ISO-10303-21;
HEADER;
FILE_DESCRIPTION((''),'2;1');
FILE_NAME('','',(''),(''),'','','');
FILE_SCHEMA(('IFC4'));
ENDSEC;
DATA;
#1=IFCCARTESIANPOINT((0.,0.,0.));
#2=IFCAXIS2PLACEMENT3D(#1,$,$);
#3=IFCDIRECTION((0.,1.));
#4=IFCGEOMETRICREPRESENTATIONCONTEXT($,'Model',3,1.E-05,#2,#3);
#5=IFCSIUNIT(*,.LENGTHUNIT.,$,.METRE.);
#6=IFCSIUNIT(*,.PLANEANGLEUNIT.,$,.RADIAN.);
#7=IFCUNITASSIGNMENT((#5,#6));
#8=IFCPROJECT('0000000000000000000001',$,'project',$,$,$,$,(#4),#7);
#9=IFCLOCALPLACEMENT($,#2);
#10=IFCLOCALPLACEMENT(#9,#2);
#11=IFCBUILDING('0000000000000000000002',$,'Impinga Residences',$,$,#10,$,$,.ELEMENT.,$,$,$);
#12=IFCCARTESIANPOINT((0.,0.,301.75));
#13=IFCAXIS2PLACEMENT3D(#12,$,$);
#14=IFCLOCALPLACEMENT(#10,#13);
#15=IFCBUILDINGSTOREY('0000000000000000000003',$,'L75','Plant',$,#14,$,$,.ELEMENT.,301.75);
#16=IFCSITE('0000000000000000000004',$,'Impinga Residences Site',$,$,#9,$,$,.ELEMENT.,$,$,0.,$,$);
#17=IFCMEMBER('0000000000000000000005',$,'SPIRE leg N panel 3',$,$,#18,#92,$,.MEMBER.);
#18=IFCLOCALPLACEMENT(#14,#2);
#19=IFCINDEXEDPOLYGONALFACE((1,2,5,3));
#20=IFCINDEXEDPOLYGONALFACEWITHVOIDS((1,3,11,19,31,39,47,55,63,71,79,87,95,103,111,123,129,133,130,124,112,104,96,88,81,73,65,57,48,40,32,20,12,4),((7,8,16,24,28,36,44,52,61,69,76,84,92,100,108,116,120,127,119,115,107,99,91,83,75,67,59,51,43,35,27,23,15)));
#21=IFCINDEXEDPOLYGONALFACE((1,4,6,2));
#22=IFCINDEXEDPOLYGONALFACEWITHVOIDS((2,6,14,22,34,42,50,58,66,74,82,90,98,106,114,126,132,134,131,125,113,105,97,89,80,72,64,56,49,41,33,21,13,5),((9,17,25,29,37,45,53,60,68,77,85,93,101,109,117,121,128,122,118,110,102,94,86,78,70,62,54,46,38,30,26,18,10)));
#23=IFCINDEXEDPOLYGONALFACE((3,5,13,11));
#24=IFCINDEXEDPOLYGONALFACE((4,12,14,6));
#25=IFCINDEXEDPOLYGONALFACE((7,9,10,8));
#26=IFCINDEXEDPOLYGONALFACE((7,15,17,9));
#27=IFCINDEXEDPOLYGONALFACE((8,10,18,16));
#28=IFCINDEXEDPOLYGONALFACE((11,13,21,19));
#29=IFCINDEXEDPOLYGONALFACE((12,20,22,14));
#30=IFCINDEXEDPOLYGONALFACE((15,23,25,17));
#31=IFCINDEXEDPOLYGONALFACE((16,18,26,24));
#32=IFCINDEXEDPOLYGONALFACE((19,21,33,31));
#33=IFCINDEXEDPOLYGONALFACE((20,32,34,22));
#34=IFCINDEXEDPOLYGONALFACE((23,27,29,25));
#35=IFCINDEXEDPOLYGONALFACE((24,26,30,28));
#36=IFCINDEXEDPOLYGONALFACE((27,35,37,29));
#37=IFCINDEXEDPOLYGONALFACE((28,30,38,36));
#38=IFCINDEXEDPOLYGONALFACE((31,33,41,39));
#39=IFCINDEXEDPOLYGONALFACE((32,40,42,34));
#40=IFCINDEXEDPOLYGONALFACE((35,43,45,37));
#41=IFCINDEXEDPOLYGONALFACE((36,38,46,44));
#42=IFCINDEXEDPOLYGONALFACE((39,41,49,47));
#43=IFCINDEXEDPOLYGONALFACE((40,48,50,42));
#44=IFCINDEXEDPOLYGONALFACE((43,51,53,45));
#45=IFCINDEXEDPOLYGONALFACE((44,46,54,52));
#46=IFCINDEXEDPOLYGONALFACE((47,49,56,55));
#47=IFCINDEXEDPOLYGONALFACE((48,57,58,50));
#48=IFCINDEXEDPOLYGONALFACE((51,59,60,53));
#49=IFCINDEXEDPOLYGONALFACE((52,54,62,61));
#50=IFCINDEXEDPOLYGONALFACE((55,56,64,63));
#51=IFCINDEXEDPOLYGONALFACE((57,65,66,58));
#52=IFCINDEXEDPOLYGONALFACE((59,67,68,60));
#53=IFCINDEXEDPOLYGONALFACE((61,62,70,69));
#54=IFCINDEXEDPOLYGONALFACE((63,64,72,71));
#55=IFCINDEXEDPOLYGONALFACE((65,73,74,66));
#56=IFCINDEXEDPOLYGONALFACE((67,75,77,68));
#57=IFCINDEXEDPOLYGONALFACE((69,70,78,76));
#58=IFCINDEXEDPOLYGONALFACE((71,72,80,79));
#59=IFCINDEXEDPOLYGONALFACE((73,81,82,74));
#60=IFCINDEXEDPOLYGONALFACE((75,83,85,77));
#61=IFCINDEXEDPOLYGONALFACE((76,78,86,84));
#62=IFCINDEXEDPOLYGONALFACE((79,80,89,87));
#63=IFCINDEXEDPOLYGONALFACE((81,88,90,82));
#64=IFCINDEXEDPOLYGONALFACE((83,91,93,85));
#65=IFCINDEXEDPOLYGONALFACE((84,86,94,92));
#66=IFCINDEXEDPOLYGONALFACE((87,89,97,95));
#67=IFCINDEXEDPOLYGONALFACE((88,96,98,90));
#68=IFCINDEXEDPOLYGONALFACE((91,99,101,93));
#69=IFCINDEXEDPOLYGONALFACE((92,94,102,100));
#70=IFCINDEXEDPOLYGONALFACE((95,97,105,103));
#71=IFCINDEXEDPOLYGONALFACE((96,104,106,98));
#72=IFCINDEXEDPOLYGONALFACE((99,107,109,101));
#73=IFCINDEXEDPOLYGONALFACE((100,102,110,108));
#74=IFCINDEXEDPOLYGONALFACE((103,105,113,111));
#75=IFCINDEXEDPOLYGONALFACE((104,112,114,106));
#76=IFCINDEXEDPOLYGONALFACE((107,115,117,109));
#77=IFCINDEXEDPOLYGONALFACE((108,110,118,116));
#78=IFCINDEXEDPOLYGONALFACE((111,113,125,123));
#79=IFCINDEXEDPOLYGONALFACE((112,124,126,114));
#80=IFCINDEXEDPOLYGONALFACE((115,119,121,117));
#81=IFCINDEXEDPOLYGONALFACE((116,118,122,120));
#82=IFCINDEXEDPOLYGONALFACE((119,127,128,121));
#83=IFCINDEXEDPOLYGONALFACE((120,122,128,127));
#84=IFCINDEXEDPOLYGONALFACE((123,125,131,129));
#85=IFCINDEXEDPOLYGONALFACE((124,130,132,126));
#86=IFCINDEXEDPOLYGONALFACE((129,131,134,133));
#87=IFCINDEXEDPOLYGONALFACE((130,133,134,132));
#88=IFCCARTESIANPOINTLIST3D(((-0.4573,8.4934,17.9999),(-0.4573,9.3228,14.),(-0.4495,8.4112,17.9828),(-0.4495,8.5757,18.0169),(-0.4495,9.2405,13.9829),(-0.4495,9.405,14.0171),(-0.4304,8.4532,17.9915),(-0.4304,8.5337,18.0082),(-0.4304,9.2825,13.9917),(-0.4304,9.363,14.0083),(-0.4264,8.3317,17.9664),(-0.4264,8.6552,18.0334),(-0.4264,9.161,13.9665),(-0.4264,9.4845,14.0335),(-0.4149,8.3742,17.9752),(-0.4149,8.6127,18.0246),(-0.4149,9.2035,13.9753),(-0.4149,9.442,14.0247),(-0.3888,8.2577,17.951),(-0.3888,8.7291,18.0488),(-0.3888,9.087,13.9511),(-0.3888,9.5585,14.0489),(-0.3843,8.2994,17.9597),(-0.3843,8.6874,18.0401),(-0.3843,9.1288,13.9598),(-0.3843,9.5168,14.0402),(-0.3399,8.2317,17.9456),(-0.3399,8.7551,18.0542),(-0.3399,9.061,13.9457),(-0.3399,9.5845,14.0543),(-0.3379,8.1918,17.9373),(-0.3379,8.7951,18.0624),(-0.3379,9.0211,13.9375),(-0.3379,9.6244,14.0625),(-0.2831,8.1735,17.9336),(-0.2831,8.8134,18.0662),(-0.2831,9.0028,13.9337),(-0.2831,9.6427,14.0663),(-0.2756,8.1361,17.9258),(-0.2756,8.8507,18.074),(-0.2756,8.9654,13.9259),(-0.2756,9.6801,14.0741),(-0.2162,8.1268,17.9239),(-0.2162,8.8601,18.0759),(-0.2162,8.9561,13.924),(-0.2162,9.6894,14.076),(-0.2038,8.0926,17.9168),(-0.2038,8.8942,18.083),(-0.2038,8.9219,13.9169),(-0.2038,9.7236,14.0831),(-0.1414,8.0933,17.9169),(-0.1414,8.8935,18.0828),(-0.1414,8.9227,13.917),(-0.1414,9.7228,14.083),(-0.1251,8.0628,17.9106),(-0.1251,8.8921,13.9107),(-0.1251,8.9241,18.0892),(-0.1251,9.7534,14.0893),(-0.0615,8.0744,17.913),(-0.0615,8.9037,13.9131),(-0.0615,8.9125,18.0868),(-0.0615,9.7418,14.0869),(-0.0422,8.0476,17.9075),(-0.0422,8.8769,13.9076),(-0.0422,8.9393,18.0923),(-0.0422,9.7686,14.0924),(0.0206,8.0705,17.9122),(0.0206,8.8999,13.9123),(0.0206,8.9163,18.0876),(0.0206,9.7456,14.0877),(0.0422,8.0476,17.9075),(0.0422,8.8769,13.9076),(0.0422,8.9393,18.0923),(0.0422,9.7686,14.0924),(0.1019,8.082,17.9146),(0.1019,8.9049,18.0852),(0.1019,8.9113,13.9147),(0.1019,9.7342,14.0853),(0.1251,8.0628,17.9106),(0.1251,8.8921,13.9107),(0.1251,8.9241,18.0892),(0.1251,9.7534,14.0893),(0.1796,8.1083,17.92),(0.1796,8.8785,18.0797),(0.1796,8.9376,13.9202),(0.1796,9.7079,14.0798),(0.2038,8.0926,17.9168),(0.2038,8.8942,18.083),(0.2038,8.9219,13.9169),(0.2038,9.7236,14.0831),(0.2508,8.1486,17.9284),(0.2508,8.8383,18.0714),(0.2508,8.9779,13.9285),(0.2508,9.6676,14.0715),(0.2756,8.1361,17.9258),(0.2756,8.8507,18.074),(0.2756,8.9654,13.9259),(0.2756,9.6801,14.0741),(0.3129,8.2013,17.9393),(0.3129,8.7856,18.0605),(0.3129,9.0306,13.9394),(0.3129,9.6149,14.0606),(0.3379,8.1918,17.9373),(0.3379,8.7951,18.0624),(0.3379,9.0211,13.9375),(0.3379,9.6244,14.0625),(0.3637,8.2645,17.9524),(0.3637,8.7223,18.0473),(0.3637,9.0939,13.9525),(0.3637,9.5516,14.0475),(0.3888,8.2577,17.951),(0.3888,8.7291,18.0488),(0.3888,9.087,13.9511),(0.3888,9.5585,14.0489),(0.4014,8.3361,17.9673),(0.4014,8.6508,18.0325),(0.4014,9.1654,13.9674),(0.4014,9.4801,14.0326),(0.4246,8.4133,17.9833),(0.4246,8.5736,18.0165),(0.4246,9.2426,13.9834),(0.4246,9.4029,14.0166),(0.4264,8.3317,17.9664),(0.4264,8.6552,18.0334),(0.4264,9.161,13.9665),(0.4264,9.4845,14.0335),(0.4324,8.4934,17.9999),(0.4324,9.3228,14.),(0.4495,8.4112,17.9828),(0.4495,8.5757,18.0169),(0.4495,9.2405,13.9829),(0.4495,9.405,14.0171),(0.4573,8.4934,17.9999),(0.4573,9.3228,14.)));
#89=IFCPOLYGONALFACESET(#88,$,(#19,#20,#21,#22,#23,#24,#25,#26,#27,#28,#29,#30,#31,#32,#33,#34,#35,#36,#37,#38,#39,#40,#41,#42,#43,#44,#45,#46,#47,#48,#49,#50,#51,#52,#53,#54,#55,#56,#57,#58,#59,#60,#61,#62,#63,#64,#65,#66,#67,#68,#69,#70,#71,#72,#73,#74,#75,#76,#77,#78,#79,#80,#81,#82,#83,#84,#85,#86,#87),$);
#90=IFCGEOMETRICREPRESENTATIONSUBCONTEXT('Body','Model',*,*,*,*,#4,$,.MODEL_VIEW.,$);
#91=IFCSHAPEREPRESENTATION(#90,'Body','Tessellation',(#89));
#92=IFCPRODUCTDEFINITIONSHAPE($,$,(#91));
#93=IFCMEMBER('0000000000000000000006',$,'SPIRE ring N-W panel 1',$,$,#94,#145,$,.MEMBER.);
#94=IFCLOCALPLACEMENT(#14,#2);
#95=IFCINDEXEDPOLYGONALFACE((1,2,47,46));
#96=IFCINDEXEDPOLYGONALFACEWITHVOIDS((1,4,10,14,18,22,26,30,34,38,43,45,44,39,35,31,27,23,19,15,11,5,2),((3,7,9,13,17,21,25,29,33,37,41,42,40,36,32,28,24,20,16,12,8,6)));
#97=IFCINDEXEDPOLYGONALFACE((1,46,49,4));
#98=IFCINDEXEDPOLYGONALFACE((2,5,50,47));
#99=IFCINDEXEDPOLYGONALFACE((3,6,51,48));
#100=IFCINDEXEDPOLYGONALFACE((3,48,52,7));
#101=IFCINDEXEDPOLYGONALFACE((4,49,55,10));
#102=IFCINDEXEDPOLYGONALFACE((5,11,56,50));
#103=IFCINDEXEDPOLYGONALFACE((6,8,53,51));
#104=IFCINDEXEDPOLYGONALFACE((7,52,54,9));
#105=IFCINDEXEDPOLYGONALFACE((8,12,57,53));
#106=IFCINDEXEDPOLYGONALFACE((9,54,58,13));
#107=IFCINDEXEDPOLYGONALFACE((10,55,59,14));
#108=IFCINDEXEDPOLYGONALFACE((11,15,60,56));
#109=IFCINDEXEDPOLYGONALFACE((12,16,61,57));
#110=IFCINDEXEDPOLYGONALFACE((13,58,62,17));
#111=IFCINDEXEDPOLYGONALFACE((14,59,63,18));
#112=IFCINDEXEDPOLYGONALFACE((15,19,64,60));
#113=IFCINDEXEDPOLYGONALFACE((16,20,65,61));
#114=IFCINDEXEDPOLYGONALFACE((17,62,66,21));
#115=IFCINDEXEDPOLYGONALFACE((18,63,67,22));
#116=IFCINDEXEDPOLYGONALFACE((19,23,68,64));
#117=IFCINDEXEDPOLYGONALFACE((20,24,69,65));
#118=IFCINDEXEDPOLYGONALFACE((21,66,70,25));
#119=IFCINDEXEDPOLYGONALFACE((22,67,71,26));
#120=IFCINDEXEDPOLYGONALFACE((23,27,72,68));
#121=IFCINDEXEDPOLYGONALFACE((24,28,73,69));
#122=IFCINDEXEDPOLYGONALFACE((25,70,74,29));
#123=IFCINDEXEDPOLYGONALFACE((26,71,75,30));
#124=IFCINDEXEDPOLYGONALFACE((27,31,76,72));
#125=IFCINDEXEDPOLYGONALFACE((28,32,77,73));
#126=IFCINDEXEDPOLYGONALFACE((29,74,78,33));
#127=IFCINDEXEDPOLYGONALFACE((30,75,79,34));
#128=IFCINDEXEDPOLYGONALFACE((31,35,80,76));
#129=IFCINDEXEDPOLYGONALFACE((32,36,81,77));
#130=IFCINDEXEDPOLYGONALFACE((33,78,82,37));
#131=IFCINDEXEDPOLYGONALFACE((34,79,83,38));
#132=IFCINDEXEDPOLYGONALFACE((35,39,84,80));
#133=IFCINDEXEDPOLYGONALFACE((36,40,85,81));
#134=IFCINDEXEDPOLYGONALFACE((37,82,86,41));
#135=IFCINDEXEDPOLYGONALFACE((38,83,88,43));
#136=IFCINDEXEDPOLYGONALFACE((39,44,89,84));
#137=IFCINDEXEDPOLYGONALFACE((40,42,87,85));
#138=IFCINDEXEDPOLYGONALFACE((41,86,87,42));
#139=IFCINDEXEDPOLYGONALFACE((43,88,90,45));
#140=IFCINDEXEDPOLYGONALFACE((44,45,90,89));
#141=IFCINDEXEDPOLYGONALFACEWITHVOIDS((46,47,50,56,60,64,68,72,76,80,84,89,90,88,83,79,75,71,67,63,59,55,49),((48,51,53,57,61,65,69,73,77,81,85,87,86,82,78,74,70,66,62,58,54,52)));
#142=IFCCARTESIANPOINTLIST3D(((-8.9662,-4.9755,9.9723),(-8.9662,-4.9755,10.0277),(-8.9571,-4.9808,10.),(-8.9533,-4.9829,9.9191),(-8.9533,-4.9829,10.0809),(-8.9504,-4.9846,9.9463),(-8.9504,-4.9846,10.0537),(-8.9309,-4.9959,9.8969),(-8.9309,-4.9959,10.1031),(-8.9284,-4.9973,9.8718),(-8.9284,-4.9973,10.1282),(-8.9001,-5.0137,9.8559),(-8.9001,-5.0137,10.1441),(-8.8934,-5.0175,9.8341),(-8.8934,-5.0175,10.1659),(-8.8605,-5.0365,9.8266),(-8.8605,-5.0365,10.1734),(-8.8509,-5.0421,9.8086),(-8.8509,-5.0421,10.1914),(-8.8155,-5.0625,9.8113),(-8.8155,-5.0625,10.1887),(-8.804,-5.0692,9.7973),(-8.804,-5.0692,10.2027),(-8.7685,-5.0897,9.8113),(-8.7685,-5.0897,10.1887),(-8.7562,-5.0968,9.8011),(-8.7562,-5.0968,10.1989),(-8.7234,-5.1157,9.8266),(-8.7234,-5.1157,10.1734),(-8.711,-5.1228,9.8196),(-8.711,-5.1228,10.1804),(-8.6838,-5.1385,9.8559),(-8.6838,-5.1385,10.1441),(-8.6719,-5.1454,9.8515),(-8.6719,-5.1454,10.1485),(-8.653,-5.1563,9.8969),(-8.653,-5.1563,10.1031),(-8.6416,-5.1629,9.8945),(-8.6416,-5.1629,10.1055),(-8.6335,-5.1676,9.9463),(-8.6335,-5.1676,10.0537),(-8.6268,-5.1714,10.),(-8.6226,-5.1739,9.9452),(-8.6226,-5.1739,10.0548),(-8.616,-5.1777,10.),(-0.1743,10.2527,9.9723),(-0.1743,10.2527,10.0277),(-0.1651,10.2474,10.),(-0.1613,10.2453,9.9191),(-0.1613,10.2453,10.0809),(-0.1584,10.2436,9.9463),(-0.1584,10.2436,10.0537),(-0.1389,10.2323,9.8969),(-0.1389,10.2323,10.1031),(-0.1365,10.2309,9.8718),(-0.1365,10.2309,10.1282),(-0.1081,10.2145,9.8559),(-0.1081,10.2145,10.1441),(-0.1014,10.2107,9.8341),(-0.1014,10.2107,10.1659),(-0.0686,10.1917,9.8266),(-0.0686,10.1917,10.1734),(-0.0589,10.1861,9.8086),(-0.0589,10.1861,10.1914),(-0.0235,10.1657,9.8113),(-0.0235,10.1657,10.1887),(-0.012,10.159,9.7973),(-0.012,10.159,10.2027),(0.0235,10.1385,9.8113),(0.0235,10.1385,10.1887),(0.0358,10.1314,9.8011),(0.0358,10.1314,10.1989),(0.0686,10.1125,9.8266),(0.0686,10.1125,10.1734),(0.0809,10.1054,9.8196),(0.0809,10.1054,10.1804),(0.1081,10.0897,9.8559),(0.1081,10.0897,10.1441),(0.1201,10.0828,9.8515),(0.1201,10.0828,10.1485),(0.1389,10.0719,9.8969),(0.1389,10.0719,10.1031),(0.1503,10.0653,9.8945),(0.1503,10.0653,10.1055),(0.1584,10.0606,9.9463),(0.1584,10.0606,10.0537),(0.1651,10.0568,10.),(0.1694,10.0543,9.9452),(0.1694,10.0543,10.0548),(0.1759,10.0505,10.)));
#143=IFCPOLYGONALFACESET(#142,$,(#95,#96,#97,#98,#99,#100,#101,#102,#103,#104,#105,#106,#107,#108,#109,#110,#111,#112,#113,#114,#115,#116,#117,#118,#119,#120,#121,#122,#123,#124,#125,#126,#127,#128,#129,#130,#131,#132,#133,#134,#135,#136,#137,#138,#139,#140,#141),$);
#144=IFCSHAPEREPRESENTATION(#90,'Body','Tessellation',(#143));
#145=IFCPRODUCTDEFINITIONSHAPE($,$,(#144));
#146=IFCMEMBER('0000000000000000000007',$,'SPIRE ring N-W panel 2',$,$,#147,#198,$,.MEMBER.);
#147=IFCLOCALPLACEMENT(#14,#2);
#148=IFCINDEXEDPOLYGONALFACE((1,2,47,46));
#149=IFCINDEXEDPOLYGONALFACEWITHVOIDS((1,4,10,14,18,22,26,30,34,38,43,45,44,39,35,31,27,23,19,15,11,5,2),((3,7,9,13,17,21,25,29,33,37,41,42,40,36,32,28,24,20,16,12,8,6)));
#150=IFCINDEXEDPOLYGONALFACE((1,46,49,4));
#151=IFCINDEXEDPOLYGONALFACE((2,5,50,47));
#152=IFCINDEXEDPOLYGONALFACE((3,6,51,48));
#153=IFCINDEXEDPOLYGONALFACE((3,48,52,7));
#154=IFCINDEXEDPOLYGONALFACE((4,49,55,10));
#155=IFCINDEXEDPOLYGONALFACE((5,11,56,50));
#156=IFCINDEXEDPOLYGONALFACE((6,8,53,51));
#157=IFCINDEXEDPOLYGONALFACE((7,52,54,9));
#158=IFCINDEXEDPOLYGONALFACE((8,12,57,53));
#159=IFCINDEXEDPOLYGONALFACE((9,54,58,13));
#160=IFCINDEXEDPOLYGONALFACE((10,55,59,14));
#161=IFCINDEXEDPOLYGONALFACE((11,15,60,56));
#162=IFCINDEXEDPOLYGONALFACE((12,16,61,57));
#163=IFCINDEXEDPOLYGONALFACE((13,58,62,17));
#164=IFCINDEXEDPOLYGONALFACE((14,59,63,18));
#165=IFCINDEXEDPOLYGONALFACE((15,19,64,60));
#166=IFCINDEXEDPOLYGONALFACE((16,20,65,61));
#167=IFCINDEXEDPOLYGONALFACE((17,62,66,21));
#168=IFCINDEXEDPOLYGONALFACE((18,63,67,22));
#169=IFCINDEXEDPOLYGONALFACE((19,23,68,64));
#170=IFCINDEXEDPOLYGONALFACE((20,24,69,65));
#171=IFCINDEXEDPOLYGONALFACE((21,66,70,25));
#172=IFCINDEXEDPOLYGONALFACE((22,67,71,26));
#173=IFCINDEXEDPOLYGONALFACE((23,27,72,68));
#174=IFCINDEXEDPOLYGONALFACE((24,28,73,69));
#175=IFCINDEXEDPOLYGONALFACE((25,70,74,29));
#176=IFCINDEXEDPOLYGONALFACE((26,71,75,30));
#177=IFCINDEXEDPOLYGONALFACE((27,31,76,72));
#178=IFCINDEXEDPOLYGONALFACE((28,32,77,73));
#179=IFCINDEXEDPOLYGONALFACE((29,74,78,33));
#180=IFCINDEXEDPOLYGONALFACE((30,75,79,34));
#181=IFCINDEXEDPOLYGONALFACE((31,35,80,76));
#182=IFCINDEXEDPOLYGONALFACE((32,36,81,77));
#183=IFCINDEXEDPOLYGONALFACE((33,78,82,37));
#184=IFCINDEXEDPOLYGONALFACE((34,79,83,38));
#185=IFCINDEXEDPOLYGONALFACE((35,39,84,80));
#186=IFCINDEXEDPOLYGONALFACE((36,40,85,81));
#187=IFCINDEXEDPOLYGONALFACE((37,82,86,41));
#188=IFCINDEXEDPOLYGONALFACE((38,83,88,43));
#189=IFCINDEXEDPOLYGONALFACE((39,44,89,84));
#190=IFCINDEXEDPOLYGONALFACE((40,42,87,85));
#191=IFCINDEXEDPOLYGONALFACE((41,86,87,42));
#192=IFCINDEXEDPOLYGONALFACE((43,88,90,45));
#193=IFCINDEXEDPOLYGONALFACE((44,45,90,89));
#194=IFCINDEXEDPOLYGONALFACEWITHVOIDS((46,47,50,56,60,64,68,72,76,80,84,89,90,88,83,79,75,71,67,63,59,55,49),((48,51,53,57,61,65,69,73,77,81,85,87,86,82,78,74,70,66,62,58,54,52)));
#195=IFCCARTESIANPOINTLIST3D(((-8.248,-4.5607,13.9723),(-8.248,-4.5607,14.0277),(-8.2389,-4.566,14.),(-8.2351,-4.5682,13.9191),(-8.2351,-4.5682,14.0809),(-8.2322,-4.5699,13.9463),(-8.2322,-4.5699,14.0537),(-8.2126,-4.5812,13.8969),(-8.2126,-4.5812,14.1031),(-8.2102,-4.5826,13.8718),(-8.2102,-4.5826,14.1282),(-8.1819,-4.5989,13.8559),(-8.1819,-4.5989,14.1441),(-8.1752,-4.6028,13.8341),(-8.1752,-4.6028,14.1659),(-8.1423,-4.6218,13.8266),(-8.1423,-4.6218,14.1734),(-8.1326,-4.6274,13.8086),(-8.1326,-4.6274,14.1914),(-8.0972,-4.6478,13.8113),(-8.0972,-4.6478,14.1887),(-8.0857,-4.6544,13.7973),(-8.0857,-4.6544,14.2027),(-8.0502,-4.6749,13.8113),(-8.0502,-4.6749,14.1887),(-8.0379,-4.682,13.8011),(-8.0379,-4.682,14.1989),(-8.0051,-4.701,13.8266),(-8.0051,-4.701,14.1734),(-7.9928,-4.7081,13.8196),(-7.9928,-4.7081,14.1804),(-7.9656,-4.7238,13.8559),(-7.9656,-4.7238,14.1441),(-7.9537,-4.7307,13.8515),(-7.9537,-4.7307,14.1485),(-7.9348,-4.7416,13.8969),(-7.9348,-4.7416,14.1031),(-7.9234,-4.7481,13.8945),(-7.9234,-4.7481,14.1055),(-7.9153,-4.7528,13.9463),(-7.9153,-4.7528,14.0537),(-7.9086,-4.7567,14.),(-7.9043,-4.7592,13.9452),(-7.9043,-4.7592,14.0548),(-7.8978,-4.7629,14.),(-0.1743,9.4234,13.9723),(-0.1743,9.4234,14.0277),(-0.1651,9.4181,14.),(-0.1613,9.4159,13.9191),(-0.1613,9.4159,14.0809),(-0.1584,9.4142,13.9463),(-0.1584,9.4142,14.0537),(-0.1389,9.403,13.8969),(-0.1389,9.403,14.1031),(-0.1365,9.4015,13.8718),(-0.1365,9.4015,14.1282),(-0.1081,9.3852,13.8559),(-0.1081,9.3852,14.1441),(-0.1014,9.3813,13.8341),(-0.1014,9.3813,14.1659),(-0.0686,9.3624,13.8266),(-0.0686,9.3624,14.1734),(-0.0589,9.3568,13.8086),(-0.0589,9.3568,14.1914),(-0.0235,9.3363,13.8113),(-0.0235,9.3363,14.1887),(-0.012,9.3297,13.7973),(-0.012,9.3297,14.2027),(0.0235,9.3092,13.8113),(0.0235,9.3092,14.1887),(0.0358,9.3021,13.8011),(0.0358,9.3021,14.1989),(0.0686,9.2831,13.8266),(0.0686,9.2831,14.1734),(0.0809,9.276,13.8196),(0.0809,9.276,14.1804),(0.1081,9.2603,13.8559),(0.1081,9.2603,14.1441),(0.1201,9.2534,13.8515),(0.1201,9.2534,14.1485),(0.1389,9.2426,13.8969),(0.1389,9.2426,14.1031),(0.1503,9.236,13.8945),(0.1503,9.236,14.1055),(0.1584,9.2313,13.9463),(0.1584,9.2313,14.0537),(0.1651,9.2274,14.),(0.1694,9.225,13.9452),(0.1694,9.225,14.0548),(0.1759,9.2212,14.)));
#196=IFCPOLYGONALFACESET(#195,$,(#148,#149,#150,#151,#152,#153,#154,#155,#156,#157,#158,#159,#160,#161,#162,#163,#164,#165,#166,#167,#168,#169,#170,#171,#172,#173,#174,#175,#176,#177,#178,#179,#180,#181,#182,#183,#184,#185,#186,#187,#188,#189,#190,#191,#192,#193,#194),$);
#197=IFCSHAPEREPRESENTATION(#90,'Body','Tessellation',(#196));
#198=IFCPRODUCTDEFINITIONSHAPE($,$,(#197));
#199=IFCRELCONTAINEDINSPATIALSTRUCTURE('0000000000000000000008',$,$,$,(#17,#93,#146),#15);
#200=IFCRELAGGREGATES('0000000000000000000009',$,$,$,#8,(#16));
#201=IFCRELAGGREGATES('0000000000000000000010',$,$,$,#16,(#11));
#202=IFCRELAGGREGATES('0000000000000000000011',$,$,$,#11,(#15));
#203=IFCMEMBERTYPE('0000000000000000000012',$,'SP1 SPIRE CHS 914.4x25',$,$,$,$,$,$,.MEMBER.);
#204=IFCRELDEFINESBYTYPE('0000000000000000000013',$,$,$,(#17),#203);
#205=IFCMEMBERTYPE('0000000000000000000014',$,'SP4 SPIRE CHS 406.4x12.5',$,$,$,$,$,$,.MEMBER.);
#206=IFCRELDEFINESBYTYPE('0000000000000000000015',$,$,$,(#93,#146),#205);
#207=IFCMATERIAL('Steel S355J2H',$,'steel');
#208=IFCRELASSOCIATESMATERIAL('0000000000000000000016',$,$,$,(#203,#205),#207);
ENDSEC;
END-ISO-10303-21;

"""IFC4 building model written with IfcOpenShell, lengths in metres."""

from ifc_helpers import new_model, si_unit, direction, frame, origin, origin_2d, place, context, subcontext, project, spatial, hollow_circle, extrude, material, material_profile, profile_set, type_object, element, save


model = new_model("IFC4")

# Units and contexts
model_context = context("Model", 3, precision=1e-05, world=origin(), true_north=direction((0.0, 1.0)))
body_context = subcontext(model_context, "Body", "Model", "MODEL_VIEW")
ifc_project = project(units=[si_unit("LENGTHUNIT", "METRE"), si_unit("PLANEANGLEUNIT", "RADIAN")], contexts=[model_context])

# Site, building, storey
site_placement = place(None, origin())
site = spatial("IfcSite", under=ifc_project, at=site_placement, Name="Impinga Residences Site", CompositionType="ELEMENT", RefElevation=0.0)
building_placement = place(site_placement, origin())
building = spatial("IfcBuilding", under=site, at=building_placement, Name="Impinga Residences", CompositionType="ELEMENT")
storey_placement = place(building_placement, frame((0.0, 0.0, 301.75)))
storey = spatial("IfcBuildingStorey", under=building, at=storey_placement, Name="L75", Description="Plant", CompositionType="ELEMENT", Elevation=301.75)

# Members
ifc_material_1 = material(Name="Steel S355J2H", Category="steel")
ifc_material_profile_1 = material_profile(ifc_material_1, hollow_circle(Radius=0.4573, WallThickness=0.0249, at=origin_2d()), Name="CHS 914.4x25")
ifc_profile_set_1 = profile_set([ifc_material_profile_1], Name="Steel S355J2H")
member_type_1 = type_object("IfcMemberType", Name="SP1 SPIRE CHS 914.4x25", PredefinedType="MEMBER", material=ifc_profile_set_1)
for number, where, z_axis, x_axis, name in (
    (1, (0.0, 9.3228, 14.0), (0.0, -0.203019, 0.979175), (1.0, 0.0, 0.0), "SPIRE leg N panel 3"),
):
    element("IfcMember", number, at=place(storey_placement, frame(where, z_axis=z_axis, x_axis=x_axis)), inside=storey, type_object=member_type_1, Name=name, PredefinedType="MEMBER", context=body_context, shape_type="SweptSolid", body=[
        extrude(hollow_circle(Radius=0.4573, WallThickness=0.0249, at=origin_2d()), origin(), (0.0, 0.0, 1.0), 4.085),
    ])
ifc_material_profile_2 = material_profile(ifc_material_1, hollow_circle(Radius=0.2031, WallThickness=0.0125, at=origin_2d()), Name="CHS 406.4x12.5")
ifc_profile_set_2 = profile_set([ifc_material_profile_2], Name="Steel S355J2H")
member_type_2 = type_object("IfcMemberType", Name="SP4 SPIRE CHS 406.4x12.5", PredefinedType="MEMBER", material=ifc_profile_set_2)
member_1_placement = place(storey_placement, frame((0.0, 10.1521, 10.0), z_axis=(-0.499998, -0.866027, 0.0), x_axis=(0.866027, -0.499998, 0.0)))
element("IfcMember", 2, at=member_1_placement, inside=storey, type_object=member_type_2, Name="SPIRE ring N-W panel 1", PredefinedType="MEMBER", context=body_context, shape_type="SweptSolid", body=[
    extrude(hollow_circle(Radius=0.2031, WallThickness=0.0125, at=origin_2d()), origin(), (0.0, 0.0, 1.0), 17.584),
])
member_2_placement = place(storey_placement, frame((0.0, 9.3228, 14.0), z_axis=(-0.499999, -0.866026, 0.0), x_axis=(0.866026, -0.499999, 0.0)))
element("IfcMember", 3, at=member_2_placement, inside=storey, type_object=member_type_2, Name="SPIRE ring N-W panel 2", PredefinedType="MEMBER", context=body_context, shape_type="SweptSolid", body=[
    extrude(hollow_circle(Radius=0.2031, WallThickness=0.0125, at=origin_2d()), origin(), (0.0, 0.0, 1.0), 16.1475),
])

save(model, "model.ifc")
